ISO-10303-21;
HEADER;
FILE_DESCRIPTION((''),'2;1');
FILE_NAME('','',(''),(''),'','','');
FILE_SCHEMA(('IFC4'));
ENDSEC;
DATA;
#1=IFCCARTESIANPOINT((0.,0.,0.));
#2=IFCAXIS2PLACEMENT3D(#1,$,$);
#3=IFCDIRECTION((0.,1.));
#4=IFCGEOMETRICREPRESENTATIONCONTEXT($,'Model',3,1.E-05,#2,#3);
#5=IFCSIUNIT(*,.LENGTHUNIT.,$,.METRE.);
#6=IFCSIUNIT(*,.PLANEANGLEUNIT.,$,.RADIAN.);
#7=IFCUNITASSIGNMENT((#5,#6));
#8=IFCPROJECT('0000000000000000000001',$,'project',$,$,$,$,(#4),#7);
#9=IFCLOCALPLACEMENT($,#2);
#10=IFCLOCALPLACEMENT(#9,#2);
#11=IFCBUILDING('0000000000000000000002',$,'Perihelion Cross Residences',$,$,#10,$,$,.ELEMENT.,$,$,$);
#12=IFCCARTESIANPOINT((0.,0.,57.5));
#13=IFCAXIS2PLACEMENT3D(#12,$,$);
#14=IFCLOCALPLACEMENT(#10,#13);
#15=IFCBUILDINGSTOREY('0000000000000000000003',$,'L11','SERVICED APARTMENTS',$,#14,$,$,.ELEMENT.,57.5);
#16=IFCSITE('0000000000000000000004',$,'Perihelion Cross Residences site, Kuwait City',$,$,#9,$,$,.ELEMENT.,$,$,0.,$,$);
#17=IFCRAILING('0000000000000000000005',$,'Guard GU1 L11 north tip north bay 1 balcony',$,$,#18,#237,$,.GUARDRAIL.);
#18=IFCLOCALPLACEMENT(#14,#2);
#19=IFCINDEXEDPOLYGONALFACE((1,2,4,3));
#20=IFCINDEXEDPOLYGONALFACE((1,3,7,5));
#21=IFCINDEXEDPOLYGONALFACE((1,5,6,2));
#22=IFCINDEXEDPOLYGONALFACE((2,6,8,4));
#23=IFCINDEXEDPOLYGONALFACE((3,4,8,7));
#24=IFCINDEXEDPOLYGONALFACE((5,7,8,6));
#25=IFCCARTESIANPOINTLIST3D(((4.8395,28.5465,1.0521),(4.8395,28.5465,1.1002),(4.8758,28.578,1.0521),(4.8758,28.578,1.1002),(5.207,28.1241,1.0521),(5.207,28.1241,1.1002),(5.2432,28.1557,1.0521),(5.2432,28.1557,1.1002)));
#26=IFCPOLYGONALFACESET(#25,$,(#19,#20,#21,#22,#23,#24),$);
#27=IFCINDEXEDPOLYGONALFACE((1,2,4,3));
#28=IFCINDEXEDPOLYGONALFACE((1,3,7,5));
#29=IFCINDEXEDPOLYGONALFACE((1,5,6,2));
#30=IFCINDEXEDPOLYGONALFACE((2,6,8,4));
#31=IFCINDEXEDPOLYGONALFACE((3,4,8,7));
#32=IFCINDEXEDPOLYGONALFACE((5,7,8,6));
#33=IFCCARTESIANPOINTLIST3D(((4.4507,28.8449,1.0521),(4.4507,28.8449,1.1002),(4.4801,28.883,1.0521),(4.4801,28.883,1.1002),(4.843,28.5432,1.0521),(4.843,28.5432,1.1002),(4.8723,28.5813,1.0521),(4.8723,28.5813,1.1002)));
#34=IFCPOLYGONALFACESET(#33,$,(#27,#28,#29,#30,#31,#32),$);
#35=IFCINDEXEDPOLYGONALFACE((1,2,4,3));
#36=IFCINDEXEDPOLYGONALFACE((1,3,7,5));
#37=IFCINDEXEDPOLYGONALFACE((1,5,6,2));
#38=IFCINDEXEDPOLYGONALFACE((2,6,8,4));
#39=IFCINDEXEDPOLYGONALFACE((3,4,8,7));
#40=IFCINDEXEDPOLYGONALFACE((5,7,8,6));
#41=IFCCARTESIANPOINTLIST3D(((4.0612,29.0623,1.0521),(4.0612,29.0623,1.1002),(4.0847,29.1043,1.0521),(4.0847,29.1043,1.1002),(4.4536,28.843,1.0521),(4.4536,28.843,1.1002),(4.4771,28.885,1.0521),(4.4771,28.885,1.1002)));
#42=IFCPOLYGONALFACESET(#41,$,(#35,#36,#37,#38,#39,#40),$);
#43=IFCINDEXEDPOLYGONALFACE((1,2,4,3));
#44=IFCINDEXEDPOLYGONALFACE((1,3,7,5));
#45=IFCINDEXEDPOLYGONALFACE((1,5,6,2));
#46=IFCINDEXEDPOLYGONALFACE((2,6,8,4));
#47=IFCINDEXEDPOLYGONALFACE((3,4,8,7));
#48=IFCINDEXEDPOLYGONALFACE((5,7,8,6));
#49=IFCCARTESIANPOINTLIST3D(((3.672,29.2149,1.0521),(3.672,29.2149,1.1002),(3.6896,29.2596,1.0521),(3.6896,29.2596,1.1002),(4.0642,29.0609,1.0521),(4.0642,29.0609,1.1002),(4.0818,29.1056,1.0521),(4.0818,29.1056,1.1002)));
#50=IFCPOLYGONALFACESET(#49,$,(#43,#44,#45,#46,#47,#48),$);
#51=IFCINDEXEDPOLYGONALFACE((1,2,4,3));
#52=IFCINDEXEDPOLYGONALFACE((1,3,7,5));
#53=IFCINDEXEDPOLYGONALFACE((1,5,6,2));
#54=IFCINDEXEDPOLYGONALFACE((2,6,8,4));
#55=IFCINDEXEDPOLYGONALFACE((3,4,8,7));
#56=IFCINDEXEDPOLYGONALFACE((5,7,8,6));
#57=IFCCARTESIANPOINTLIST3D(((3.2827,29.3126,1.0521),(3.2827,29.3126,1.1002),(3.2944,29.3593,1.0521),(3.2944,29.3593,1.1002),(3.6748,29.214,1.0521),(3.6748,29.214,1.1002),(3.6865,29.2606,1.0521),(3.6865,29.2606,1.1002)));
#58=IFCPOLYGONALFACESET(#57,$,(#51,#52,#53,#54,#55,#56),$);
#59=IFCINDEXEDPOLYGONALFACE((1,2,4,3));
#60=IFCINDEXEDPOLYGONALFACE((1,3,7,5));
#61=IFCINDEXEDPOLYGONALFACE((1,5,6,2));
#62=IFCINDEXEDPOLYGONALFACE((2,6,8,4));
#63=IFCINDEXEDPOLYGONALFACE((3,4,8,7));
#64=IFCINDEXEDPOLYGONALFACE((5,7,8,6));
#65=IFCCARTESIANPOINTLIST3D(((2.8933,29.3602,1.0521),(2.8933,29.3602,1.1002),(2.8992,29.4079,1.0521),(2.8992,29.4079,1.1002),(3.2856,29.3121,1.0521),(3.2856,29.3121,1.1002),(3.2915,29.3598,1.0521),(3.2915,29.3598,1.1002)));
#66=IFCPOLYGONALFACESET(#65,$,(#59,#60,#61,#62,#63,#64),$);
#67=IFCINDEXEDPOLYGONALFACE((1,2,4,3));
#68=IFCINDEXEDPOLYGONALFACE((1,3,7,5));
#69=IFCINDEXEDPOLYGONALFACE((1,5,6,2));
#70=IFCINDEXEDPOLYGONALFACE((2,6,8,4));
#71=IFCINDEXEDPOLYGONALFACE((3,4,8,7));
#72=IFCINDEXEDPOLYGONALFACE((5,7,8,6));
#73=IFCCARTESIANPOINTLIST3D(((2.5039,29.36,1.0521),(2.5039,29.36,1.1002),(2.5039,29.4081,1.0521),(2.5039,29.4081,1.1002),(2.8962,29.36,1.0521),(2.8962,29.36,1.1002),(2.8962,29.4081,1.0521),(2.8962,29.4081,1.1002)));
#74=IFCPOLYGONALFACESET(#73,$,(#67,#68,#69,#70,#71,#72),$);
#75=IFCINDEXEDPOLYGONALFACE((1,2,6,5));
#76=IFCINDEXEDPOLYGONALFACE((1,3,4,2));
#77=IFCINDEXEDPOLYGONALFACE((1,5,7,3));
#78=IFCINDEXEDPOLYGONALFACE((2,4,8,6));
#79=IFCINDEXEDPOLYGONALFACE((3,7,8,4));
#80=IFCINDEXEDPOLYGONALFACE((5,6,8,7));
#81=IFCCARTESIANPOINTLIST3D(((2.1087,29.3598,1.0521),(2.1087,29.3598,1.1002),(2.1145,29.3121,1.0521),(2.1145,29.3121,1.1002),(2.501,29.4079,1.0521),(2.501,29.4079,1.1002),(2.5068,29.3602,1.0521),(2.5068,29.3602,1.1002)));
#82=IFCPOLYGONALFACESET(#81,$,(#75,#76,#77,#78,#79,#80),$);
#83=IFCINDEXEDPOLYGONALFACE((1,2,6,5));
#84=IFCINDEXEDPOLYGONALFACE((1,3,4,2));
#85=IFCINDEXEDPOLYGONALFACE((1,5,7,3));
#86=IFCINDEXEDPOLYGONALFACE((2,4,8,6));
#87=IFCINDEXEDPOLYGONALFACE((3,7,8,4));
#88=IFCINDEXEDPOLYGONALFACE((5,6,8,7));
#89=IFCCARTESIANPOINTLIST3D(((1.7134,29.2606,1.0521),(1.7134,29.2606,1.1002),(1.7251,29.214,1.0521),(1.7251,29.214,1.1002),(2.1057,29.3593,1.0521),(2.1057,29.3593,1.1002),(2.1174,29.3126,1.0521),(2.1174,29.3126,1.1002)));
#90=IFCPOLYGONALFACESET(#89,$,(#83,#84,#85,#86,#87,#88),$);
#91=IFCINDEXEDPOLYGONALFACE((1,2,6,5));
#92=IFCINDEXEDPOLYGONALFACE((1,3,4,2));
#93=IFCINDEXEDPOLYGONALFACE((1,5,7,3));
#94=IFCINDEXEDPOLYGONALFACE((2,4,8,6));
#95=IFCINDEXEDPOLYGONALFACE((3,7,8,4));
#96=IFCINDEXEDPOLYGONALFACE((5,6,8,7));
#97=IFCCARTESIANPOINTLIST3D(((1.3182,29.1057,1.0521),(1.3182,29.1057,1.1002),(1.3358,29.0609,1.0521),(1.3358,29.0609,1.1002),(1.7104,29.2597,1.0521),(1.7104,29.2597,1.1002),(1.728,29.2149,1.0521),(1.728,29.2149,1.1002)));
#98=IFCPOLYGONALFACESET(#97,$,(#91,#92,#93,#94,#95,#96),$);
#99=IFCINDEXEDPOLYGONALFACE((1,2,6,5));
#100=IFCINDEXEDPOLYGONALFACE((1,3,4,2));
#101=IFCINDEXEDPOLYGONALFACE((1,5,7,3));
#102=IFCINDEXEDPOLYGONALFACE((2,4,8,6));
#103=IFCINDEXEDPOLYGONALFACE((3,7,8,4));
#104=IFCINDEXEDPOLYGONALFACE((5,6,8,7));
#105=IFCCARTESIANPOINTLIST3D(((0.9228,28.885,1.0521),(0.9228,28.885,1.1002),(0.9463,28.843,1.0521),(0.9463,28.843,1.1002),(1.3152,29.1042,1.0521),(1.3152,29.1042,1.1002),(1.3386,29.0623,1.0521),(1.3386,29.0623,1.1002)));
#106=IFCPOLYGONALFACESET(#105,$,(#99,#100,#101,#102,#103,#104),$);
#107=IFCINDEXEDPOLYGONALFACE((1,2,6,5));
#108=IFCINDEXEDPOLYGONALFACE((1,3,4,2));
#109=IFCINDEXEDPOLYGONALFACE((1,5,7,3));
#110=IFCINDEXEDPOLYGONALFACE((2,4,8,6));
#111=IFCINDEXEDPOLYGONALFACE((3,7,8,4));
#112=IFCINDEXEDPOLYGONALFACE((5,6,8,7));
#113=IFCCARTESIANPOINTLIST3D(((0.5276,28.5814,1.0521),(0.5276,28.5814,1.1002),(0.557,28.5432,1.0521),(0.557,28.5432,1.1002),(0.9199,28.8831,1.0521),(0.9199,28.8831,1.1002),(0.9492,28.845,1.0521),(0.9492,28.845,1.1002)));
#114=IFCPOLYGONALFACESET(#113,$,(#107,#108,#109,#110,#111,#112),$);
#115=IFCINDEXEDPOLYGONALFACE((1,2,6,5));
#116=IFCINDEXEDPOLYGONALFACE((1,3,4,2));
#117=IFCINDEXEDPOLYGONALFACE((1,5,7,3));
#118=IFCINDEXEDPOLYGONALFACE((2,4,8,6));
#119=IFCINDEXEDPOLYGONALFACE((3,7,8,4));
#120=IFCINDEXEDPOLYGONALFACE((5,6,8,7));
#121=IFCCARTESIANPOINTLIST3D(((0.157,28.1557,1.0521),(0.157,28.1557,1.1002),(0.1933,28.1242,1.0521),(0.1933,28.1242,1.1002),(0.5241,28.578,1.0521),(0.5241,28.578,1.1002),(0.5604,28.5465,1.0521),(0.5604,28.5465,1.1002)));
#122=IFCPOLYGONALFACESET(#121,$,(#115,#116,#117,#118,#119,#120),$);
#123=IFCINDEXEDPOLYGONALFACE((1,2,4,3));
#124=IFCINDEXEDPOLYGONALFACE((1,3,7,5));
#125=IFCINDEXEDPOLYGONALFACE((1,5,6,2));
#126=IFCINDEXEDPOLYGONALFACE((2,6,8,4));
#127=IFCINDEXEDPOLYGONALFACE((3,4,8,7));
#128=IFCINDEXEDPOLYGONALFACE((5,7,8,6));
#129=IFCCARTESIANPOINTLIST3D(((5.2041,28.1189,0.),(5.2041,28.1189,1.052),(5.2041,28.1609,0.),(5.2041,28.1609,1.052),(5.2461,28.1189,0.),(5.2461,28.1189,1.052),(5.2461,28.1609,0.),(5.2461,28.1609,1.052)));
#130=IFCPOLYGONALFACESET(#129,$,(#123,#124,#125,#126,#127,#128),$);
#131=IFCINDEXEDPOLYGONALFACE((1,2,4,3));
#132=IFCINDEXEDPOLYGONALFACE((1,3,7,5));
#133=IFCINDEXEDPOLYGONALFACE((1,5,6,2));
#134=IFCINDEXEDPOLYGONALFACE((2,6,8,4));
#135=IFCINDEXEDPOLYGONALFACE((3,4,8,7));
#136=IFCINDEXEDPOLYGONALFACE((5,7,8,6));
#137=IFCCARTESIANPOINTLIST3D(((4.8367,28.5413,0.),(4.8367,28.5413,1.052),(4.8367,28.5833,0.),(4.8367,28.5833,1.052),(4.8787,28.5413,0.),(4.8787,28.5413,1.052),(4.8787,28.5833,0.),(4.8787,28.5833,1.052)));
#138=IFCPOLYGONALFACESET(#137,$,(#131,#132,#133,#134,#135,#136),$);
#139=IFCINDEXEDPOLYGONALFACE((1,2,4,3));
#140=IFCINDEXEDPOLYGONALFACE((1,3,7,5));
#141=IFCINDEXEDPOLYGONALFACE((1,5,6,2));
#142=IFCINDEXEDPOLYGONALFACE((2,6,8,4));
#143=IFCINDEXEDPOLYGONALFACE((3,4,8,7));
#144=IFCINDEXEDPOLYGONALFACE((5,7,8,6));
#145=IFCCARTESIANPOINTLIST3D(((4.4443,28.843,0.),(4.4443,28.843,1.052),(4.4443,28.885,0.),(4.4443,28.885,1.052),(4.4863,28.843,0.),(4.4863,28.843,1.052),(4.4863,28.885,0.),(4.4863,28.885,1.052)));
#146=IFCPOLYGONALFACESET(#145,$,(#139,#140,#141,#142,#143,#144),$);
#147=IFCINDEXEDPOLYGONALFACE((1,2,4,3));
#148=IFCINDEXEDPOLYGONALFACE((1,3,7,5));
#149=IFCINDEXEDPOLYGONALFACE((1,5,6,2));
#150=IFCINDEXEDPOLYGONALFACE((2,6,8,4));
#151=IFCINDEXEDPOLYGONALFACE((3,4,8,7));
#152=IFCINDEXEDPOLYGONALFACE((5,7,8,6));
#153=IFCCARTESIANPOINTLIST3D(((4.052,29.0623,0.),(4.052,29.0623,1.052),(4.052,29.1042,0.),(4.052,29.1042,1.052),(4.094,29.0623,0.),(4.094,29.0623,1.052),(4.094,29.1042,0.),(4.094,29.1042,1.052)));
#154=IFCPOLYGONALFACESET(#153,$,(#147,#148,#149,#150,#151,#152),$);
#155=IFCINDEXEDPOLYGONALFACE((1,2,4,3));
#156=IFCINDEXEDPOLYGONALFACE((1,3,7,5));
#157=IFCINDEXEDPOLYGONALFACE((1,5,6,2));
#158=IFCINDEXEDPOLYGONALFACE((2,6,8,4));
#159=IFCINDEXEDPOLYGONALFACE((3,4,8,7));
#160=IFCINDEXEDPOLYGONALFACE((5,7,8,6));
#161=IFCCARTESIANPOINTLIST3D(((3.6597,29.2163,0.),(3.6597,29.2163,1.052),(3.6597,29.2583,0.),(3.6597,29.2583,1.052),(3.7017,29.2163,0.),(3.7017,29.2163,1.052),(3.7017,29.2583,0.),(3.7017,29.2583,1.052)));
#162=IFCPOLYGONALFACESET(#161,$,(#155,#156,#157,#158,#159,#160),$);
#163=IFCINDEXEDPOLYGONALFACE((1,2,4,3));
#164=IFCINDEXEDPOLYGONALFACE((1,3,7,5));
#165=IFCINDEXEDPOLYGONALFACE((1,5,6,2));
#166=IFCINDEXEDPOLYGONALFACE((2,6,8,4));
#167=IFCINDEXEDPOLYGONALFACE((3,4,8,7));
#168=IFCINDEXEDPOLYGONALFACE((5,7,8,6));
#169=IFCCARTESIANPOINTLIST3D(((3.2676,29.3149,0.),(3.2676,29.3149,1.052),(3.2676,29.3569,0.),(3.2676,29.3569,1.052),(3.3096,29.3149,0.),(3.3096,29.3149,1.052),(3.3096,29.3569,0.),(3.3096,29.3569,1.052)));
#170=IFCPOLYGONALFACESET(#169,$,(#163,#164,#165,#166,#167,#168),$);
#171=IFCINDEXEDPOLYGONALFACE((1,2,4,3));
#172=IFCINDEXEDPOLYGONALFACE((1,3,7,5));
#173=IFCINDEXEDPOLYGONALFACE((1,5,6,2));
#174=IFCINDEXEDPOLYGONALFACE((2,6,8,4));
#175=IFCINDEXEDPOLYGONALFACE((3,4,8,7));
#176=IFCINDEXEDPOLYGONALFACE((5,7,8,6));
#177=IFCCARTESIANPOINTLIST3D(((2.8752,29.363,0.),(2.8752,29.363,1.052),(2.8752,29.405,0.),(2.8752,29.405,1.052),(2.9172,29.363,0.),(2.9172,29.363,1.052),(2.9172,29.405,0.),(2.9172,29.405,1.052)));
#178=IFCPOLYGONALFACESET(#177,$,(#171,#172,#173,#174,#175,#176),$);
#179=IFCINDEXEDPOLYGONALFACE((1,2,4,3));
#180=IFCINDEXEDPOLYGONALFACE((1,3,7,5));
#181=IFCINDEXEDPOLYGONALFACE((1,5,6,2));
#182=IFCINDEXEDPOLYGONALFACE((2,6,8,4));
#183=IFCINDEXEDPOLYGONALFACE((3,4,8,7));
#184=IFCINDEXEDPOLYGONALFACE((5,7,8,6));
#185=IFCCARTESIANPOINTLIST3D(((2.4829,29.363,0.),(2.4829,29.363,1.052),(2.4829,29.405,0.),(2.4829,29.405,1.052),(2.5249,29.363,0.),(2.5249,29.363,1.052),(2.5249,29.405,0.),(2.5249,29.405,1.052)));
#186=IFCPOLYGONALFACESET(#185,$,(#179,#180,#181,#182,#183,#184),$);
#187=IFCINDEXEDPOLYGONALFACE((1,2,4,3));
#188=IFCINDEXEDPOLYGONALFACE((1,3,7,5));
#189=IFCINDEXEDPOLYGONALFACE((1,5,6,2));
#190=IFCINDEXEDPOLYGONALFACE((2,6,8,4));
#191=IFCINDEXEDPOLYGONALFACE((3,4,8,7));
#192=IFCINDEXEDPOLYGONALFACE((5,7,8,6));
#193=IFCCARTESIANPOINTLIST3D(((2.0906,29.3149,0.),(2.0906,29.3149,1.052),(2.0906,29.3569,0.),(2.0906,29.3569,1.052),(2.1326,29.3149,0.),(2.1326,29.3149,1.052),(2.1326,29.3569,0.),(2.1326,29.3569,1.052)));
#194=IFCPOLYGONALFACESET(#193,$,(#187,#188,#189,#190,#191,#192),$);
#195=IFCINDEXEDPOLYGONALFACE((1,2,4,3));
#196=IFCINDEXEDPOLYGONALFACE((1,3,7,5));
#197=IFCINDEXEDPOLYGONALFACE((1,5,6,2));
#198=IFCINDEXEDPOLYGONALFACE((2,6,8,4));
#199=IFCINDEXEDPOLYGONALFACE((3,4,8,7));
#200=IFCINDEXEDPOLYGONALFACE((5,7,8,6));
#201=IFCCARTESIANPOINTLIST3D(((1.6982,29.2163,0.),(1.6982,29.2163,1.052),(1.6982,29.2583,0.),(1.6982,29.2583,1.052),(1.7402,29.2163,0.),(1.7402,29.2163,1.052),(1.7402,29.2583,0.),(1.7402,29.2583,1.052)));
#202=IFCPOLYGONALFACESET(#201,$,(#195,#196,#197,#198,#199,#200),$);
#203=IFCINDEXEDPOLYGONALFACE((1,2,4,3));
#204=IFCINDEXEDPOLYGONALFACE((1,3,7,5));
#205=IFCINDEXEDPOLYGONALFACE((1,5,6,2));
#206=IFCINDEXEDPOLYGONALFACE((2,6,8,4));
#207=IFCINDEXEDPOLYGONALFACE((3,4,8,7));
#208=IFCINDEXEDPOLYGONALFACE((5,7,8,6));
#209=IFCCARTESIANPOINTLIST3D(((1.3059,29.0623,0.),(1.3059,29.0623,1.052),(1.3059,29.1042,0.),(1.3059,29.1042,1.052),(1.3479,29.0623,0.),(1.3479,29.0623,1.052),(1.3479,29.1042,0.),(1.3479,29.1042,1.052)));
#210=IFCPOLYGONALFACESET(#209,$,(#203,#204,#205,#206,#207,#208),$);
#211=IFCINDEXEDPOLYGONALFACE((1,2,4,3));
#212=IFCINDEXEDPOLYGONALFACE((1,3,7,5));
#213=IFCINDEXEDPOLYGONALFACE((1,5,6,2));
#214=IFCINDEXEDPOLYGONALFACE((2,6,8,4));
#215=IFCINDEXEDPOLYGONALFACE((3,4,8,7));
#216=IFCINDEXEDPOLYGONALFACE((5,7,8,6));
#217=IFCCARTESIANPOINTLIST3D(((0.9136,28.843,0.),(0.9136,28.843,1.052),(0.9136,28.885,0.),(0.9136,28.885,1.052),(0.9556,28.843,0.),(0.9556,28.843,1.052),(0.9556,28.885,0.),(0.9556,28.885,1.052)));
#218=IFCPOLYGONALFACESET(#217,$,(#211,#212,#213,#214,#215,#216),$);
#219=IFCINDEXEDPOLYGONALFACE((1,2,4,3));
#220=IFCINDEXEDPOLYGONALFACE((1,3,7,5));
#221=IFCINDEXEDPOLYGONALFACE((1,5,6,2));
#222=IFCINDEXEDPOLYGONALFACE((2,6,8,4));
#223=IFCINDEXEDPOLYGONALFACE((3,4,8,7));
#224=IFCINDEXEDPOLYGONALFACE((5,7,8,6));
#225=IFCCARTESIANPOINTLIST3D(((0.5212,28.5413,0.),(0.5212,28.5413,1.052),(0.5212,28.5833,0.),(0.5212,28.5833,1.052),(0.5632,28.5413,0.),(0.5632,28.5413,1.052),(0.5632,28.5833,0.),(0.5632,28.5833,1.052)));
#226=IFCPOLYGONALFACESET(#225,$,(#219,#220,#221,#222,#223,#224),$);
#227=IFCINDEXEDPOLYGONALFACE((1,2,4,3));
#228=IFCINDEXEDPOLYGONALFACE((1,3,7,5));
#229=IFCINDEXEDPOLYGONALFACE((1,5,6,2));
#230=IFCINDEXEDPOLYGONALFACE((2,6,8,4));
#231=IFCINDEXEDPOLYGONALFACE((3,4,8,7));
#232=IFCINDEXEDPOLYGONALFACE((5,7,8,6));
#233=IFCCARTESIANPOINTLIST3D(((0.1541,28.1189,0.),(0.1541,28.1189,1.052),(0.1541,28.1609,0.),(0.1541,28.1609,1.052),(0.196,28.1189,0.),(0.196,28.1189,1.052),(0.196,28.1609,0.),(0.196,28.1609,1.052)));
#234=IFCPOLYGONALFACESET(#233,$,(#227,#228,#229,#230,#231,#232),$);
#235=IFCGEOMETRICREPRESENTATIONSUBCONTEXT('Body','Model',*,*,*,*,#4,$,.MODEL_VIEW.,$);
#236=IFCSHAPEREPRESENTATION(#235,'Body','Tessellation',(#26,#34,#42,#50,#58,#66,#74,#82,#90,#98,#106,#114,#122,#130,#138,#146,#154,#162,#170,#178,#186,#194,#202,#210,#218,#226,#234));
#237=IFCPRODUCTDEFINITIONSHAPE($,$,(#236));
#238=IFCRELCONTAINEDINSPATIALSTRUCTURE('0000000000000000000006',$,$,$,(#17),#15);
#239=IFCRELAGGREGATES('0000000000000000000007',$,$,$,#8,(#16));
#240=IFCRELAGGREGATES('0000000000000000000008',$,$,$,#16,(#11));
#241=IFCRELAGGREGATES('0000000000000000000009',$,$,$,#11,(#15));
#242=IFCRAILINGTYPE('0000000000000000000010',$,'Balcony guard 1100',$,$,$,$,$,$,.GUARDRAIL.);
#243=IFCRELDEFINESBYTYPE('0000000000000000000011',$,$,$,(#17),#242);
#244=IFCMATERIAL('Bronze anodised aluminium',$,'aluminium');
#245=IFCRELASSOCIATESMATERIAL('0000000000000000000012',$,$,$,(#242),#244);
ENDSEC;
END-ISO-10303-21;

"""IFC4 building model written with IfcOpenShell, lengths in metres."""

from ifc_helpers import new_model, si_unit, direction, frame, origin, origin_2d, place, context, subcontext, project, spatial, rectangle, extrude, material, type_object, element, save


model = new_model("IFC4")

# Units and contexts
model_context = context("Model", 3, precision=1e-05, world=origin(), true_north=direction((0.0, 1.0)))
body_context = subcontext(model_context, "Body", "Model", "MODEL_VIEW")
ifc_project = project(units=[si_unit("LENGTHUNIT", "METRE"), si_unit("PLANEANGLEUNIT", "RADIAN")], contexts=[model_context])

# Site, building, storey
site_placement = place(None, origin())
site = spatial("IfcSite", under=ifc_project, at=site_placement, Name="Perihelion Cross Residences site, Kuwait City", CompositionType="ELEMENT", RefElevation=0.0)
building_placement = place(site_placement, origin())
building = spatial("IfcBuilding", under=site, at=building_placement, Name="Perihelion Cross Residences", CompositionType="ELEMENT")
storey_placement = place(building_placement, frame((0.0, 0.0, 57.5)))
storey = spatial("IfcBuildingStorey", under=building, at=storey_placement, Name="L11", Description="SERVICED APARTMENTS", CompositionType="ELEMENT", Elevation=57.5)

# Railing
ifc_material_1 = material(Name="Bronze anodised aluminium", Category="aluminium")
railing_type = type_object("IfcRailingType", Name="Balcony guard 1100", PredefinedType="GUARDRAIL", material=ifc_material_1)
railing_placement = place(storey_placement, frame((5.2251, 28.1399, 0.0)))
element("IfcRailing", 1, at=railing_placement, inside=storey, type_object=railing_type, Name="Guard GU1 L11 north tip north bay 1 balcony", PredefinedType="GUARDRAIL", context=body_context, shape_type="SweptSolid", body=[
    extrude(rectangle(XDim=0.0481, YDim=0.0481, at=origin_2d()), frame((0.0, 0.0, 1.0762), z_axis=(-0.656341, 0.754465, 0.0), x_axis=(-0.754465, -0.656341, 0.0)), (0.0, 0.0, 1.0), 0.5598),
    extrude(rectangle(XDim=0.0481, YDim=0.0481, at=origin_2d()), frame((-0.3674, 0.4224, 1.0762), z_axis=(-0.792661, 0.609663, 0.0), x_axis=(-0.609663, -0.792661, 0.0)), (0.0, 0.0, 1.0), 0.4949),
    extrude(rectangle(XDim=0.0481, YDim=0.0481, at=origin_2d()), frame((-0.7598, 0.7241, 1.0762), z_axis=(-0.87295, 0.487809, 0.0), x_axis=(-0.487809, -0.87295, 0.0)), (0.0, 0.0, 1.0), 0.4495),
    extrude(rectangle(XDim=0.0481, YDim=0.0481, at=origin_2d()), frame((-1.1521, 0.9434, 1.0762), z_axis=(-0.930815, 0.365491, 0.0), x_axis=(-0.365491, -0.930815, 0.0)), (0.0, 0.0, 1.0), 0.4214),
    extrude(rectangle(XDim=0.0481, YDim=0.0481, at=origin_2d()), frame((-1.5444, 1.0974, 1.0762), z_axis=(-0.969786, 0.243956, 0.0), x_axis=(-0.243956, -0.969786, 0.0)), (0.0, 0.0, 1.0), 0.4043),
    extrude(rectangle(XDim=0.0481, YDim=0.0481, at=origin_2d()), frame((-1.9365, 1.196, 1.0762), z_axis=(-0.99257, 0.121678, 0.0), x_axis=(-0.121678, -0.99257, 0.0)), (0.0, 0.0, 1.0), 0.3953),
    extrude(rectangle(XDim=0.0481, YDim=0.0481, at=origin_2d()), frame((-2.3289, 1.2441, 1.0762), z_axis=(-1.0, 0.0, 0.0), x_axis=(0.0, -1.0, 0.0)), (0.0, 0.0, 1.0), 0.3923),
    extrude(rectangle(XDim=0.0481, YDim=0.0481, at=origin_2d()), frame((-2.7212, 1.2441, 1.0762), z_axis=(-0.99257, -0.121678, 0.0), x_axis=(0.121678, -0.99257, 0.0)), (0.0, 0.0, 1.0), 0.3953),
    extrude(rectangle(XDim=0.0481, YDim=0.0481, at=origin_2d()), frame((-3.1135, 1.196, 1.0762), z_axis=(-0.969822, -0.243813, 0.0), x_axis=(0.243813, -0.969822, 0.0)), (0.0, 0.0, 1.0), 0.4045),
    extrude(rectangle(XDim=0.0481, YDim=0.0481, at=origin_2d()), frame((-3.5059, 1.0974, 1.0762), z_axis=(-0.930815, -0.365491, 0.0), x_axis=(0.365491, -0.930815, 0.0)), (0.0, 0.0, 1.0), 0.4214),
    extrude(rectangle(XDim=0.0481, YDim=0.0481, at=origin_2d()), frame((-3.8982, 0.9434, 1.0762), z_axis=(-0.87295, -0.487809, 0.0), x_axis=(0.487809, -0.87295, 0.0)), (0.0, 0.0, 1.0), 0.4495),
    extrude(rectangle(XDim=0.0481, YDim=0.0481, at=origin_2d()), frame((-4.2905, 0.7241, 1.0762), z_axis=(-0.792661, -0.609663, 0.0), x_axis=(0.609663, -0.792661, 0.0)), (0.0, 0.0, 1.0), 0.4949),
    extrude(rectangle(XDim=0.0481, YDim=0.0481, at=origin_2d()), frame((-4.6829, 0.4224, 1.0762), z_axis=(-0.656092, -0.754681, 0.0), x_axis=(0.754681, -0.656092, 0.0)), (0.0, 0.0, 1.0), 0.5596),
    extrude(rectangle(XDim=0.042, YDim=0.042, at=origin_2d()), origin(), (0.0, 0.0, 1.0), 1.052),
    extrude(rectangle(XDim=0.042, YDim=0.042, at=origin_2d()), frame((-0.3674, 0.4224, 0.0)), (0.0, 0.0, 1.0), 1.052),
    extrude(rectangle(XDim=0.042, YDim=0.042, at=origin_2d()), frame((-0.7598, 0.7241, 0.0)), (0.0, 0.0, 1.0), 1.052),
    extrude(rectangle(XDim=0.042, YDim=0.042, at=origin_2d()), frame((-1.1521, 0.9434, 0.0)), (0.0, 0.0, 1.0), 1.052),
    extrude(rectangle(XDim=0.042, YDim=0.042, at=origin_2d()), frame((-1.5444, 1.0974, 0.0)), (0.0, 0.0, 1.0), 1.052),
    extrude(rectangle(XDim=0.042, YDim=0.042, at=origin_2d()), frame((-1.9365, 1.196, 0.0)), (0.0, 0.0, 1.0), 1.052),
    extrude(rectangle(XDim=0.042, YDim=0.042, at=origin_2d()), frame((-2.3289, 1.2441, 0.0)), (0.0, 0.0, 1.0), 1.052),
    extrude(rectangle(XDim=0.042, YDim=0.042, at=origin_2d()), frame((-2.7212, 1.2441, 0.0)), (0.0, 0.0, 1.0), 1.052),
    extrude(rectangle(XDim=0.042, YDim=0.042, at=origin_2d()), frame((-3.1135, 1.196, 0.0)), (0.0, 0.0, 1.0), 1.052),
    extrude(rectangle(XDim=0.042, YDim=0.042, at=origin_2d()), frame((-3.5059, 1.0974, 0.0)), (0.0, 0.0, 1.0), 1.052),
    extrude(rectangle(XDim=0.042, YDim=0.042, at=origin_2d()), frame((-3.8982, 0.9434, 0.0)), (0.0, 0.0, 1.0), 1.052),
    extrude(rectangle(XDim=0.042, YDim=0.042, at=origin_2d()), frame((-4.2905, 0.7241, 0.0)), (0.0, 0.0, 1.0), 1.052),
    extrude(rectangle(XDim=0.042, YDim=0.042, at=origin_2d()), frame((-4.6829, 0.4224, 0.0)), (0.0, 0.0, 1.0), 1.052),
    extrude(rectangle(XDim=0.042, YDim=0.042, at=origin_2d()), frame((-5.05, 0.0, 0.0)), (0.0, 0.0, 1.0), 1.052),
])

save(model, "model.ifc")
